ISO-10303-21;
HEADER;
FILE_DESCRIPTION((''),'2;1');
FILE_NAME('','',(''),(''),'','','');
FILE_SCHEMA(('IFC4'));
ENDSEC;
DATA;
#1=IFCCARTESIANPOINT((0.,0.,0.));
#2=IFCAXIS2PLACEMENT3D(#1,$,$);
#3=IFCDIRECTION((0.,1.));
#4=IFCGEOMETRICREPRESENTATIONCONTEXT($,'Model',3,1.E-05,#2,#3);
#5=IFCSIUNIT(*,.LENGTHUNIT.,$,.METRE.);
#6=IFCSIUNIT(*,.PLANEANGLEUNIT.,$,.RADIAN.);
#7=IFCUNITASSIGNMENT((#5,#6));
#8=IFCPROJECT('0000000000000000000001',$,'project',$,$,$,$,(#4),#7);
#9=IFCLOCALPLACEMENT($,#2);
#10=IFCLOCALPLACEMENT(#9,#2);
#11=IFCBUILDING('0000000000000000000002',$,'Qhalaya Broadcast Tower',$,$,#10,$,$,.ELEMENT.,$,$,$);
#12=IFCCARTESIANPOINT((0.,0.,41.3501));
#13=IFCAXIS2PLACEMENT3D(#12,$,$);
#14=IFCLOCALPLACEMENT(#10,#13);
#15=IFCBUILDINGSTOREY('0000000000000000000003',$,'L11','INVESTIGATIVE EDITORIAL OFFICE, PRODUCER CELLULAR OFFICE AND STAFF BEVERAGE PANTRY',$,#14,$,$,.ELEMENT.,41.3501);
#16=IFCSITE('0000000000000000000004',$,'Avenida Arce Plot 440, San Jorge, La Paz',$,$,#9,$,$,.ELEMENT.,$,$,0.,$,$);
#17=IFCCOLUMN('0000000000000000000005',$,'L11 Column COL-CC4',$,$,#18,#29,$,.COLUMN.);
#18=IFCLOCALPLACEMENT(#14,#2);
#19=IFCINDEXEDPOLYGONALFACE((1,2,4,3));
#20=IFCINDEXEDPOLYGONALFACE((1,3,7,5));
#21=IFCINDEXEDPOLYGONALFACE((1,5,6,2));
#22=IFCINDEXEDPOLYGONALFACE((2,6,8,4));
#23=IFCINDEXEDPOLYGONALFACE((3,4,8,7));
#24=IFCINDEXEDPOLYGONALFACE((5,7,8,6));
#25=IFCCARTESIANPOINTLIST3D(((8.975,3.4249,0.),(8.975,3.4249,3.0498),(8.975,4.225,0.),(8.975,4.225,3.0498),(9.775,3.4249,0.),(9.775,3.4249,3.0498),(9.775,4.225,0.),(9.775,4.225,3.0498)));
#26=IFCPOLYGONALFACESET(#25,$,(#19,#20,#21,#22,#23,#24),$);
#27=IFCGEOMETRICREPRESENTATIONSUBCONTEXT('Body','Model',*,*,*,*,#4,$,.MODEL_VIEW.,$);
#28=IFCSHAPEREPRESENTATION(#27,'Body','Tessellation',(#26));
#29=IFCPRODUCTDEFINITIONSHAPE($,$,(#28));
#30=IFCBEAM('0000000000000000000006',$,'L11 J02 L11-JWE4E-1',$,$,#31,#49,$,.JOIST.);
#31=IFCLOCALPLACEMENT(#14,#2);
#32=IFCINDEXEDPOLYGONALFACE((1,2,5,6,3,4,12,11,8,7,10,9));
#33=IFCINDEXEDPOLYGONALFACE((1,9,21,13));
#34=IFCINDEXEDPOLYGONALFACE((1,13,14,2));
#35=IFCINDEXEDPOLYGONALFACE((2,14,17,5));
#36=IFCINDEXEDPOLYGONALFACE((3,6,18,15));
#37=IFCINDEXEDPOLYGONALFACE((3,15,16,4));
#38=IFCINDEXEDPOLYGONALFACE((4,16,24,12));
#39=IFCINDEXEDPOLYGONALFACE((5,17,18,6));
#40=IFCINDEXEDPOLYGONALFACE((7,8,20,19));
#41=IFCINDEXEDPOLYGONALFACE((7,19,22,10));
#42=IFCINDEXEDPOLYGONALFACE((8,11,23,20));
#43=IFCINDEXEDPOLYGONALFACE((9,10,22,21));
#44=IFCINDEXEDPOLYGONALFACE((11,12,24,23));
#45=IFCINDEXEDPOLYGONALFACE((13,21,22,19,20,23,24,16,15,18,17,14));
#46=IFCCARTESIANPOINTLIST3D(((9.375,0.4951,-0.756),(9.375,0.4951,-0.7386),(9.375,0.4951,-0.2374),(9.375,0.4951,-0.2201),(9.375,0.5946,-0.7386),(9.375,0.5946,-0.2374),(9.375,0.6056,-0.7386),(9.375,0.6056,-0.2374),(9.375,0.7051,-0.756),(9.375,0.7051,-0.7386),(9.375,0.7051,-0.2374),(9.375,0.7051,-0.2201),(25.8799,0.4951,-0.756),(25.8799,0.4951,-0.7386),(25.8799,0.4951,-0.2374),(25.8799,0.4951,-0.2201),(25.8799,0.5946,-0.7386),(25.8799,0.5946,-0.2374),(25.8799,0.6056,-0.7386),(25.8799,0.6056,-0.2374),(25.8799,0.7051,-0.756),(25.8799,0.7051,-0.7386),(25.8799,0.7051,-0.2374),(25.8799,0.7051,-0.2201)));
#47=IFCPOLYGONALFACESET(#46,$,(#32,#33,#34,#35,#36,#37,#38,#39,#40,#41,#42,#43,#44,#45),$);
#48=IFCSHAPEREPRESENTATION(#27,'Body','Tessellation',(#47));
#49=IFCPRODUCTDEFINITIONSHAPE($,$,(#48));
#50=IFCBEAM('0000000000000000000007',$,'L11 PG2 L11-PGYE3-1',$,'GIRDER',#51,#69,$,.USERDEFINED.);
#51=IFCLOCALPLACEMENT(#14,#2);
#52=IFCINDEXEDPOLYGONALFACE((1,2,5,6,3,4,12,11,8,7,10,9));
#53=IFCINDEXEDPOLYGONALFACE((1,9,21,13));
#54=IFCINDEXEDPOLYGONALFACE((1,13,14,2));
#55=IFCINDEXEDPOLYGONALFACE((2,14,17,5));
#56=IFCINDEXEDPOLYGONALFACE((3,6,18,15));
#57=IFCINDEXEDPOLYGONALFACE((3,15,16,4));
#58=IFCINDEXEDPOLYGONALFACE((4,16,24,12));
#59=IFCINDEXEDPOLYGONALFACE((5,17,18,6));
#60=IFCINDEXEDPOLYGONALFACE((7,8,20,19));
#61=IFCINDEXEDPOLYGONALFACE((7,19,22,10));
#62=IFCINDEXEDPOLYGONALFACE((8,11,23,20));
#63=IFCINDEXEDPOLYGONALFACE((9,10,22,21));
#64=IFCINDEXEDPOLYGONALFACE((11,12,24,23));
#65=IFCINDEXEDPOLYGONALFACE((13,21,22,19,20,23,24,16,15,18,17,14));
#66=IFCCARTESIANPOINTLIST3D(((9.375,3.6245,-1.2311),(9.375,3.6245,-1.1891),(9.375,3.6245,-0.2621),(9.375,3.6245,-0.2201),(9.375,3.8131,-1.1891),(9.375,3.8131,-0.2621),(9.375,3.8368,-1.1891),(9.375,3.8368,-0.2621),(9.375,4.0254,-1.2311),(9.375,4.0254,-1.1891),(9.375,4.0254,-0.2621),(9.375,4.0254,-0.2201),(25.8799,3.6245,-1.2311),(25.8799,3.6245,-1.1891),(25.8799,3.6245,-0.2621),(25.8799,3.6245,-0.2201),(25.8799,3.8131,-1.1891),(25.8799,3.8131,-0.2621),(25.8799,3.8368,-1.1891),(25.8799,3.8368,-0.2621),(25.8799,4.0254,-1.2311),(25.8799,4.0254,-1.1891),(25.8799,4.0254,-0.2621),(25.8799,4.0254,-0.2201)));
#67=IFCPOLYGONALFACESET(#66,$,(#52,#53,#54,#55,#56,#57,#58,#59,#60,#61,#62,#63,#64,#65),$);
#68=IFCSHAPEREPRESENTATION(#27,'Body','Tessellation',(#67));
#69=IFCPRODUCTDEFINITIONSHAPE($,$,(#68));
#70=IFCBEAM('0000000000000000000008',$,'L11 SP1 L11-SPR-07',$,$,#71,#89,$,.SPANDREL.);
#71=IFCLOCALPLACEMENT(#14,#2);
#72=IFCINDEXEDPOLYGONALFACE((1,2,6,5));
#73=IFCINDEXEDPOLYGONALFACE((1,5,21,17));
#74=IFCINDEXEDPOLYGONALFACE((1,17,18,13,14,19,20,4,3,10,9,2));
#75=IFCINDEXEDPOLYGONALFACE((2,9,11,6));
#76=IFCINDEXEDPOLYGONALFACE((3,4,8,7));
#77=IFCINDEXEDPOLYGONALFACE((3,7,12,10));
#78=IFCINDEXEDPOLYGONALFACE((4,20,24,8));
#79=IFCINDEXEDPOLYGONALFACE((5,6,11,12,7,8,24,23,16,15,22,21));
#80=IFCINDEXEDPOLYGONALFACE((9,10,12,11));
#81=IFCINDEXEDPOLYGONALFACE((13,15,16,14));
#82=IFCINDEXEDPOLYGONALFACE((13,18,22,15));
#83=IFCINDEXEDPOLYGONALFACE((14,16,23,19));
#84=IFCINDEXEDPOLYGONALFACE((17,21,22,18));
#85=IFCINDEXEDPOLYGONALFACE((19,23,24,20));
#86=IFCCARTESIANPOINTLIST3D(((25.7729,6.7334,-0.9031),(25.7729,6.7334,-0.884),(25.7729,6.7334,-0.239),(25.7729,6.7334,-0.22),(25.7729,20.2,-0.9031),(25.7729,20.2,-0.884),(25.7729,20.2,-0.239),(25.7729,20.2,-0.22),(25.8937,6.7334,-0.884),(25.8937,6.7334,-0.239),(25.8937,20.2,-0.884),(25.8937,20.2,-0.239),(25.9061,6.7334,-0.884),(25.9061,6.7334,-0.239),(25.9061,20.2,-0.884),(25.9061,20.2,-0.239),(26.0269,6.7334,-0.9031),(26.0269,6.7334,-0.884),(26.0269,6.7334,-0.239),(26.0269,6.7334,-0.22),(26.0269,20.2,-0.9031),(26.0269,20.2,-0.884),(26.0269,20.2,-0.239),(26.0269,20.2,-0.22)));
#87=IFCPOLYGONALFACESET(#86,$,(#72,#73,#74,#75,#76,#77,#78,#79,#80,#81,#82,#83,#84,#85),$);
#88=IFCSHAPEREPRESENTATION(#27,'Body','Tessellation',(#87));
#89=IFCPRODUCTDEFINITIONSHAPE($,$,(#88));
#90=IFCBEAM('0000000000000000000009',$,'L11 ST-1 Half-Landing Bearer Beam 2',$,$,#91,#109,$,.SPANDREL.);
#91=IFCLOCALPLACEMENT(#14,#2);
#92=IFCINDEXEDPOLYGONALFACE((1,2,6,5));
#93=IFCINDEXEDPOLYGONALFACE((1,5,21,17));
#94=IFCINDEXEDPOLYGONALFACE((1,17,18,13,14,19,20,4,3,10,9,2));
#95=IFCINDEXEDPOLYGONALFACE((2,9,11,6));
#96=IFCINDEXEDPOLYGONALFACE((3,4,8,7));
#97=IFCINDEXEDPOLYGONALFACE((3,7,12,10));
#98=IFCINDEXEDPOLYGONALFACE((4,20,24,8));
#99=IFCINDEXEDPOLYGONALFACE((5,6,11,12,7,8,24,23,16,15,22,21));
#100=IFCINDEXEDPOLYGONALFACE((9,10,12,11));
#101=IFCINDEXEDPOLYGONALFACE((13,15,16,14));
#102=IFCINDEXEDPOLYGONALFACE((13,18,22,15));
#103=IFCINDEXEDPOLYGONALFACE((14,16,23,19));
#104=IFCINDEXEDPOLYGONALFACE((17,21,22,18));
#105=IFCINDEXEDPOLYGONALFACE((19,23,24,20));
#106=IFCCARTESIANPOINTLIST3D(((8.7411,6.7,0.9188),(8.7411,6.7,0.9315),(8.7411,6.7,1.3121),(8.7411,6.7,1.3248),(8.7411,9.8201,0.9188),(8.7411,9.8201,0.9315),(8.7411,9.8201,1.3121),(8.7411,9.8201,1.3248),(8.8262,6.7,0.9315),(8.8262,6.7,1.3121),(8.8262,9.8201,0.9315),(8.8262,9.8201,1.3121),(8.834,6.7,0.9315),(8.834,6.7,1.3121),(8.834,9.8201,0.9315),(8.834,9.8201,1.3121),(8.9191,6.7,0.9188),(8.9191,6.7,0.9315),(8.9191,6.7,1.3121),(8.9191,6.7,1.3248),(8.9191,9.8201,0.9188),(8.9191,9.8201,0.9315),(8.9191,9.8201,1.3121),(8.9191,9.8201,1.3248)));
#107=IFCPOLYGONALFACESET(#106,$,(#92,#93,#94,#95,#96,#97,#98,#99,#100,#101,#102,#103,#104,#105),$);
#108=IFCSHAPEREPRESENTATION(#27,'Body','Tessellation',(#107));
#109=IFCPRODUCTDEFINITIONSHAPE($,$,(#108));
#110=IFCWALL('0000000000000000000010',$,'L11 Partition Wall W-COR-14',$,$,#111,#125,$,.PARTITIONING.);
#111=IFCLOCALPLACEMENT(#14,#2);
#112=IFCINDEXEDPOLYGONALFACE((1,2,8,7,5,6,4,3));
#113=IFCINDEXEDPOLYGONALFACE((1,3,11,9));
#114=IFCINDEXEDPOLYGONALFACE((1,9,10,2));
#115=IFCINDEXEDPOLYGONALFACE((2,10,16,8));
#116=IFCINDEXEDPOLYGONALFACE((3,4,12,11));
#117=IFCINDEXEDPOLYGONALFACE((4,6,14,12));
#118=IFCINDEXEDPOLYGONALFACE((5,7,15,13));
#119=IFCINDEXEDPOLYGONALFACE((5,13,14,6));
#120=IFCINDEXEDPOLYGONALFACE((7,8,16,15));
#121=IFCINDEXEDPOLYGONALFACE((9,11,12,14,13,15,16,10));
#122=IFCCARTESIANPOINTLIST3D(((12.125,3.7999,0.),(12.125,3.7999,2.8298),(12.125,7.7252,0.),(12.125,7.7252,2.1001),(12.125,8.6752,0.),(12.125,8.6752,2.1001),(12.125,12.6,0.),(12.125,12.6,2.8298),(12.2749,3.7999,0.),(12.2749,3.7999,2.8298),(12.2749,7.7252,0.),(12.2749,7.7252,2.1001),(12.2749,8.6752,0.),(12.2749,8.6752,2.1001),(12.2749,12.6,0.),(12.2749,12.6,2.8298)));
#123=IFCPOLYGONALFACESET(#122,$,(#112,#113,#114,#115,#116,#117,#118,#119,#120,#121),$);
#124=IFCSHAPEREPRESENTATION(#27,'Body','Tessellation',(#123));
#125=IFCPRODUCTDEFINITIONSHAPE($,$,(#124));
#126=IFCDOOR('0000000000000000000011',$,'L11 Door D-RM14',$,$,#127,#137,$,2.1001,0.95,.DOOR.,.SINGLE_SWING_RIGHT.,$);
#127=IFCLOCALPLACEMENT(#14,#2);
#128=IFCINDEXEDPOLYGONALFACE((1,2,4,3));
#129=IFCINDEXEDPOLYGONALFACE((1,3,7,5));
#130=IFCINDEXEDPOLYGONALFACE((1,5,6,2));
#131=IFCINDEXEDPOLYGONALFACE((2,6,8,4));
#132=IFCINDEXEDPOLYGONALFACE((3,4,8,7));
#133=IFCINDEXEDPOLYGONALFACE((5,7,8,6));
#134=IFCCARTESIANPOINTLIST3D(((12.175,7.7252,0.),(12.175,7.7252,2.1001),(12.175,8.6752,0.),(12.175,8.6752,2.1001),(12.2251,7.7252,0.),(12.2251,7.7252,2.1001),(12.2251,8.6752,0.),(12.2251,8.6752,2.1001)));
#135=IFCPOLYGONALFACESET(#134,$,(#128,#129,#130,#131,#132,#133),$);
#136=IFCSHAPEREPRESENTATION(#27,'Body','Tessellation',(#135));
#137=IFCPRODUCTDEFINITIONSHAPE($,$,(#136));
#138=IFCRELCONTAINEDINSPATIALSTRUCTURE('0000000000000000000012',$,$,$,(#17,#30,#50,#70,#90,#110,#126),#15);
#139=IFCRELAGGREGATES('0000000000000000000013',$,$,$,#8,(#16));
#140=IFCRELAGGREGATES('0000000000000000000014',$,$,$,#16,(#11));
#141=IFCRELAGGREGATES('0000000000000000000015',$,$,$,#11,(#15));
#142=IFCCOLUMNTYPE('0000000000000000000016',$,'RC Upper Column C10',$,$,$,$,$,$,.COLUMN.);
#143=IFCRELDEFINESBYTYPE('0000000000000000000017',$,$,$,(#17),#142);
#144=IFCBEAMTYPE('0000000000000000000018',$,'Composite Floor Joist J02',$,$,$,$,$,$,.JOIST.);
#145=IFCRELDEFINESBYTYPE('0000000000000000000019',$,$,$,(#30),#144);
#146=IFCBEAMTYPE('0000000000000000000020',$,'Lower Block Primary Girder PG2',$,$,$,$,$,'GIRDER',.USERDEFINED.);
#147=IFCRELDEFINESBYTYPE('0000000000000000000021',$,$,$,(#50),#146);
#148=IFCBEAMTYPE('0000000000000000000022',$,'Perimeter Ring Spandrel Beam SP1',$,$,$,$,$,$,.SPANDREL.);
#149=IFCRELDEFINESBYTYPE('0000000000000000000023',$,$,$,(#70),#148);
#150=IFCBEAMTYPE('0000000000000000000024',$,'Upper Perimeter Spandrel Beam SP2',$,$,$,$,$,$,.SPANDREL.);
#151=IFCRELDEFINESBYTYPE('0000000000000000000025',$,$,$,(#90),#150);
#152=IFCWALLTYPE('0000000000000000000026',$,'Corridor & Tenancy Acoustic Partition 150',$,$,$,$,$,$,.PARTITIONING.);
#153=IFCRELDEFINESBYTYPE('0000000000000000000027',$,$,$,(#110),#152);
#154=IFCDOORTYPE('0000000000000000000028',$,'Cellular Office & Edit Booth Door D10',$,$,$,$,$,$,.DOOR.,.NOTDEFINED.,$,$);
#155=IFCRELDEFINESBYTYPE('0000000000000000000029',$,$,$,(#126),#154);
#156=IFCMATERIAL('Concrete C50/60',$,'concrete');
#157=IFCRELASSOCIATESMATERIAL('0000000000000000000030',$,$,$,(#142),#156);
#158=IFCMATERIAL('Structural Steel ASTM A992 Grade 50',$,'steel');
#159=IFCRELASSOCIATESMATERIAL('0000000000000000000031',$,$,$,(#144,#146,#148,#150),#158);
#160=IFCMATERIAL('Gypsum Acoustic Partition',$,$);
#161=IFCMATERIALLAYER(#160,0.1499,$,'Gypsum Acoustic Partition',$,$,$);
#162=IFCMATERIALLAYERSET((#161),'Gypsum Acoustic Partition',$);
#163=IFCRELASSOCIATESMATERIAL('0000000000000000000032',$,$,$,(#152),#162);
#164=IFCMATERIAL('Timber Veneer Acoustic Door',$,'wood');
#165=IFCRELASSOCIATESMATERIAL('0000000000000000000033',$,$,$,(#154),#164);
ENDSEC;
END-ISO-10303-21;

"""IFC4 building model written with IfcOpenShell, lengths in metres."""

from ifc_helpers import new_model, si_unit, direction, frame, frame_2d, origin, origin_2d, place, context, subcontext, project, spatial, rectangle, i_section, extrude, material, layer, layer_set, material_profile, profile_set, type_object, element, fill, save


model = new_model("IFC4")

# Units and contexts
model_context = context("Model", 3, precision=1e-05, world=origin(), true_north=direction((0.0, 1.0)))
body_context = subcontext(model_context, "Body", "Model", "MODEL_VIEW")
ifc_project = project(units=[si_unit("LENGTHUNIT", "METRE"), si_unit("PLANEANGLEUNIT", "RADIAN")], contexts=[model_context])

# Site, building, storey
site_placement = place(None, origin())
site = spatial("IfcSite", under=ifc_project, at=site_placement, Name="Avenida Arce Plot 440, San Jorge, La Paz", CompositionType="ELEMENT", RefElevation=0.0)
building_placement = place(site_placement, origin())
building = spatial("IfcBuilding", under=site, at=building_placement, Name="Qhalaya Broadcast Tower", CompositionType="ELEMENT")
storey_placement = place(building_placement, frame((0.0, 0.0, 41.3501)))
storey = spatial("IfcBuildingStorey", under=building, at=storey_placement, Name="L11", Description="INVESTIGATIVE EDITORIAL OFFICE, PRODUCER CELLULAR OFFICE AND STAFF BEVERAGE PANTRY", CompositionType="ELEMENT", Elevation=41.3501)

# Column
ifc_material_1 = material(Name="Concrete C50/60", Category="concrete")
ifc_material_profile_1 = material_profile(ifc_material_1, rectangle(XDim=0.8, YDim=0.8, at=origin_2d()), Name="RC-COL 800x800")
ifc_profile_set_1 = profile_set([ifc_material_profile_1], Name="Concrete C50/60")
column_type = type_object("IfcColumnType", Name="RC Upper Column C10", PredefinedType="COLUMN", material=ifc_profile_set_1)
column_placement = place(storey_placement, frame((9.375, 3.825, 0.0), z_axis=(0.0, 0.0, 1.0), x_axis=(1.0, 0.0, 0.0)))
element("IfcColumn", 1, at=column_placement, inside=storey, type_object=column_type, Name="L11 Column COL-CC4", PredefinedType="COLUMN", context=body_context, shape_type="SweptSolid", body=[
    extrude(rectangle(XDim=0.8, YDim=0.8, at=origin_2d()), origin(), (0.0, 0.0, 1.0), 3.0498),
])

# Beams
ifc_material_2 = material(Name="Structural Steel ASTM A992 Grade 50", Category="steel")
ifc_material_profile_2 = material_profile(ifc_material_2, i_section(OverallWidth=0.21, OverallDepth=0.5359, WebThickness=0.011, FlangeThickness=0.0173, at=origin_2d()), Name="W21X68")
ifc_profile_set_2 = profile_set([ifc_material_profile_2], Name="Structural Steel ASTM A992 Grade 50")
beam_type_1 = type_object("IfcBeamType", Name="Composite Floor Joist J02", PredefinedType="JOIST", material=ifc_profile_set_2)
beam_1_placement = place(storey_placement, frame((9.375, 0.6001, -0.488), z_axis=(1.0, 0.0, 0.0), x_axis=(0.0, 1.0, 0.0)))
element("IfcBeam", 2, at=beam_1_placement, inside=storey, type_object=beam_type_1, Name="L11 J02 L11-JWE4E-1", PredefinedType="JOIST", context=body_context, shape_type="SweptSolid", body=[
    extrude(i_section(OverallWidth=0.21, OverallDepth=0.5359, WebThickness=0.011, FlangeThickness=0.0173, at=origin_2d()), origin(), (0.0, 0.0, 1.0), 16.5049),
])
ifc_material_profile_3 = material_profile(ifc_material_2, i_section(OverallWidth=0.4009, OverallDepth=1.011, WebThickness=0.0237, FlangeThickness=0.042, at=origin_2d()), Name="W40X297")
ifc_profile_set_3 = profile_set([ifc_material_profile_3], Name="Structural Steel ASTM A992 Grade 50")
beam_type_2 = type_object("IfcBeamType", Name="Lower Block Primary Girder PG2", ElementType="GIRDER", PredefinedType="USERDEFINED", material=ifc_profile_set_3)
beam_2_placement = place(storey_placement, frame((9.375, 3.825, -0.7256), z_axis=(1.0, 0.0, 0.0), x_axis=(0.0, 1.0, 0.0)))
element("IfcBeam", 3, at=beam_2_placement, inside=storey, type_object=beam_type_2, Name="L11 PG2 L11-PGYE3-1", ObjectType="GIRDER", PredefinedType="USERDEFINED", context=body_context, shape_type="SweptSolid", body=[
    extrude(i_section(OverallWidth=0.4009, OverallDepth=1.011, WebThickness=0.0237, FlangeThickness=0.042, at=origin_2d()), origin(), (0.0, 0.0, 1.0), 16.5049),
])
ifc_material_profile_4 = material_profile(ifc_material_2, i_section(OverallWidth=0.2539, OverallDepth=0.6831, WebThickness=0.0125, FlangeThickness=0.019, at=origin_2d()), Name="W27X94")
ifc_profile_set_4 = profile_set([ifc_material_profile_4], Name="Structural Steel ASTM A992 Grade 50")
beam_type_3 = type_object("IfcBeamType", Name="Perimeter Ring Spandrel Beam SP1", PredefinedType="SPANDREL", material=ifc_profile_set_4)
beam_3_placement = place(storey_placement, frame((25.8999, 6.7334, -0.5615), z_axis=(0.0, 1.0, 0.0), x_axis=(-1.0, 0.0, 0.0)))
element("IfcBeam", 4, at=beam_3_placement, inside=storey, type_object=beam_type_3, Name="L11 SP1 L11-SPR-07", PredefinedType="SPANDREL", context=body_context, shape_type="SweptSolid", body=[
    extrude(i_section(OverallWidth=0.2539, OverallDepth=0.6831, WebThickness=0.0125, FlangeThickness=0.019, at=origin_2d()), origin(), (0.0, 0.0, 1.0), 13.4666),
])
ifc_material_profile_5 = material_profile(ifc_material_2, i_section(OverallWidth=0.178, OverallDepth=0.406, WebThickness=0.0078, FlangeThickness=0.0127, at=origin_2d()), Name="W16X40")
ifc_profile_set_5 = profile_set([ifc_material_profile_5], Name="Structural Steel ASTM A992 Grade 50")
beam_type_4 = type_object("IfcBeamType", Name="Upper Perimeter Spandrel Beam SP2", PredefinedType="SPANDREL", material=ifc_profile_set_5)
beam_4_placement = place(storey_placement, frame((8.8301, 6.7, 1.1218), z_axis=(0.0, 1.0, 0.0), x_axis=(-1.0, 0.0, 0.0)))
element("IfcBeam", 5, at=beam_4_placement, inside=storey, type_object=beam_type_4, Name="L11 ST-1 Half-Landing Bearer Beam 2", PredefinedType="SPANDREL", context=body_context, shape_type="SweptSolid", body=[
    extrude(i_section(OverallWidth=0.178, OverallDepth=0.406, WebThickness=0.0078, FlangeThickness=0.0127, at=origin_2d()), origin(), (0.0, 0.0, 1.0), 3.1201),
])

# Wall, opening, door
ifc_material_3 = material(Name="Gypsum Acoustic Partition")
ifc_layer_1 = layer(ifc_material_3, 0.1499, Name="Gypsum Acoustic Partition")
ifc_layer_set_1 = layer_set([ifc_layer_1], Name="Gypsum Acoustic Partition")
wall_type_1 = type_object("IfcWallType", Name="Corridor & Tenancy Acoustic Partition 150", PredefinedType="PARTITIONING", material=ifc_layer_set_1)
wall_1_placement = place(storey_placement, frame((12.2, 3.8, 0.0), z_axis=(0.0, 0.0, 1.0), x_axis=(0.0, 1.0, 0.0)))
wall_1 = element("IfcWall", 6, at=wall_1_placement, inside=storey, type_object=wall_type_1, Name="L11 Partition Wall W-COR-14", PredefinedType="PARTITIONING", context=body_context, shape_type="SweptSolid", body=[
    extrude(rectangle(XDim=8.8, YDim=0.1499, at=frame_2d((4.3999, 0.0))), origin(), (0.0, 0.0, 1.0), 2.8298),
])
opening_1_placement = place(wall_1_placement, frame((3.925, 0.0, 0.0)))
opening_1 = element("IfcOpeningElement", 7, at=opening_1_placement, cuts=wall_1, PredefinedType="OPENING", context=body_context, shape_type="SweptSolid", body=[
    extrude(rectangle(XDim=0.95, YDim=2.1001, at=frame_2d((0.4751, 1.05))), frame((0.0, 0.0869, 0.0), z_axis=(0.0, -1.0, 0.0), x_axis=(1.0, 0.0, 0.0)), (0.0, 0.0, 1.0), 0.1738),
])
ifc_material_4 = material(Name="Timber Veneer Acoustic Door", Category="wood")
door_type_1 = type_object("IfcDoorType", Name="Cellular Office & Edit Booth Door D10", OperationType="NOTDEFINED", PredefinedType="DOOR", material=ifc_material_4)
door_1_placement = place(opening_1_placement, origin())
door_1 = element("IfcDoor", 8, at=door_1_placement, inside=storey, type_object=door_type_1, Name="L11 Door D-RM14", OperationType="SINGLE_SWING_RIGHT", OverallHeight=2.1001, OverallWidth=0.95, PredefinedType="DOOR", context=body_context, shape_type="SweptSolid", body=[
    extrude(rectangle(XDim=0.95, YDim=2.1001, at=frame_2d((0.4751, 1.05))), frame((0.0, 0.0249, 0.0), z_axis=(0.0, -1.0, 0.0), x_axis=(1.0, 0.0, 0.0)), (0.0, 0.0, 1.0), 0.05),
])
fill(opening_1, door_1)

save(model, "model.ifc")
